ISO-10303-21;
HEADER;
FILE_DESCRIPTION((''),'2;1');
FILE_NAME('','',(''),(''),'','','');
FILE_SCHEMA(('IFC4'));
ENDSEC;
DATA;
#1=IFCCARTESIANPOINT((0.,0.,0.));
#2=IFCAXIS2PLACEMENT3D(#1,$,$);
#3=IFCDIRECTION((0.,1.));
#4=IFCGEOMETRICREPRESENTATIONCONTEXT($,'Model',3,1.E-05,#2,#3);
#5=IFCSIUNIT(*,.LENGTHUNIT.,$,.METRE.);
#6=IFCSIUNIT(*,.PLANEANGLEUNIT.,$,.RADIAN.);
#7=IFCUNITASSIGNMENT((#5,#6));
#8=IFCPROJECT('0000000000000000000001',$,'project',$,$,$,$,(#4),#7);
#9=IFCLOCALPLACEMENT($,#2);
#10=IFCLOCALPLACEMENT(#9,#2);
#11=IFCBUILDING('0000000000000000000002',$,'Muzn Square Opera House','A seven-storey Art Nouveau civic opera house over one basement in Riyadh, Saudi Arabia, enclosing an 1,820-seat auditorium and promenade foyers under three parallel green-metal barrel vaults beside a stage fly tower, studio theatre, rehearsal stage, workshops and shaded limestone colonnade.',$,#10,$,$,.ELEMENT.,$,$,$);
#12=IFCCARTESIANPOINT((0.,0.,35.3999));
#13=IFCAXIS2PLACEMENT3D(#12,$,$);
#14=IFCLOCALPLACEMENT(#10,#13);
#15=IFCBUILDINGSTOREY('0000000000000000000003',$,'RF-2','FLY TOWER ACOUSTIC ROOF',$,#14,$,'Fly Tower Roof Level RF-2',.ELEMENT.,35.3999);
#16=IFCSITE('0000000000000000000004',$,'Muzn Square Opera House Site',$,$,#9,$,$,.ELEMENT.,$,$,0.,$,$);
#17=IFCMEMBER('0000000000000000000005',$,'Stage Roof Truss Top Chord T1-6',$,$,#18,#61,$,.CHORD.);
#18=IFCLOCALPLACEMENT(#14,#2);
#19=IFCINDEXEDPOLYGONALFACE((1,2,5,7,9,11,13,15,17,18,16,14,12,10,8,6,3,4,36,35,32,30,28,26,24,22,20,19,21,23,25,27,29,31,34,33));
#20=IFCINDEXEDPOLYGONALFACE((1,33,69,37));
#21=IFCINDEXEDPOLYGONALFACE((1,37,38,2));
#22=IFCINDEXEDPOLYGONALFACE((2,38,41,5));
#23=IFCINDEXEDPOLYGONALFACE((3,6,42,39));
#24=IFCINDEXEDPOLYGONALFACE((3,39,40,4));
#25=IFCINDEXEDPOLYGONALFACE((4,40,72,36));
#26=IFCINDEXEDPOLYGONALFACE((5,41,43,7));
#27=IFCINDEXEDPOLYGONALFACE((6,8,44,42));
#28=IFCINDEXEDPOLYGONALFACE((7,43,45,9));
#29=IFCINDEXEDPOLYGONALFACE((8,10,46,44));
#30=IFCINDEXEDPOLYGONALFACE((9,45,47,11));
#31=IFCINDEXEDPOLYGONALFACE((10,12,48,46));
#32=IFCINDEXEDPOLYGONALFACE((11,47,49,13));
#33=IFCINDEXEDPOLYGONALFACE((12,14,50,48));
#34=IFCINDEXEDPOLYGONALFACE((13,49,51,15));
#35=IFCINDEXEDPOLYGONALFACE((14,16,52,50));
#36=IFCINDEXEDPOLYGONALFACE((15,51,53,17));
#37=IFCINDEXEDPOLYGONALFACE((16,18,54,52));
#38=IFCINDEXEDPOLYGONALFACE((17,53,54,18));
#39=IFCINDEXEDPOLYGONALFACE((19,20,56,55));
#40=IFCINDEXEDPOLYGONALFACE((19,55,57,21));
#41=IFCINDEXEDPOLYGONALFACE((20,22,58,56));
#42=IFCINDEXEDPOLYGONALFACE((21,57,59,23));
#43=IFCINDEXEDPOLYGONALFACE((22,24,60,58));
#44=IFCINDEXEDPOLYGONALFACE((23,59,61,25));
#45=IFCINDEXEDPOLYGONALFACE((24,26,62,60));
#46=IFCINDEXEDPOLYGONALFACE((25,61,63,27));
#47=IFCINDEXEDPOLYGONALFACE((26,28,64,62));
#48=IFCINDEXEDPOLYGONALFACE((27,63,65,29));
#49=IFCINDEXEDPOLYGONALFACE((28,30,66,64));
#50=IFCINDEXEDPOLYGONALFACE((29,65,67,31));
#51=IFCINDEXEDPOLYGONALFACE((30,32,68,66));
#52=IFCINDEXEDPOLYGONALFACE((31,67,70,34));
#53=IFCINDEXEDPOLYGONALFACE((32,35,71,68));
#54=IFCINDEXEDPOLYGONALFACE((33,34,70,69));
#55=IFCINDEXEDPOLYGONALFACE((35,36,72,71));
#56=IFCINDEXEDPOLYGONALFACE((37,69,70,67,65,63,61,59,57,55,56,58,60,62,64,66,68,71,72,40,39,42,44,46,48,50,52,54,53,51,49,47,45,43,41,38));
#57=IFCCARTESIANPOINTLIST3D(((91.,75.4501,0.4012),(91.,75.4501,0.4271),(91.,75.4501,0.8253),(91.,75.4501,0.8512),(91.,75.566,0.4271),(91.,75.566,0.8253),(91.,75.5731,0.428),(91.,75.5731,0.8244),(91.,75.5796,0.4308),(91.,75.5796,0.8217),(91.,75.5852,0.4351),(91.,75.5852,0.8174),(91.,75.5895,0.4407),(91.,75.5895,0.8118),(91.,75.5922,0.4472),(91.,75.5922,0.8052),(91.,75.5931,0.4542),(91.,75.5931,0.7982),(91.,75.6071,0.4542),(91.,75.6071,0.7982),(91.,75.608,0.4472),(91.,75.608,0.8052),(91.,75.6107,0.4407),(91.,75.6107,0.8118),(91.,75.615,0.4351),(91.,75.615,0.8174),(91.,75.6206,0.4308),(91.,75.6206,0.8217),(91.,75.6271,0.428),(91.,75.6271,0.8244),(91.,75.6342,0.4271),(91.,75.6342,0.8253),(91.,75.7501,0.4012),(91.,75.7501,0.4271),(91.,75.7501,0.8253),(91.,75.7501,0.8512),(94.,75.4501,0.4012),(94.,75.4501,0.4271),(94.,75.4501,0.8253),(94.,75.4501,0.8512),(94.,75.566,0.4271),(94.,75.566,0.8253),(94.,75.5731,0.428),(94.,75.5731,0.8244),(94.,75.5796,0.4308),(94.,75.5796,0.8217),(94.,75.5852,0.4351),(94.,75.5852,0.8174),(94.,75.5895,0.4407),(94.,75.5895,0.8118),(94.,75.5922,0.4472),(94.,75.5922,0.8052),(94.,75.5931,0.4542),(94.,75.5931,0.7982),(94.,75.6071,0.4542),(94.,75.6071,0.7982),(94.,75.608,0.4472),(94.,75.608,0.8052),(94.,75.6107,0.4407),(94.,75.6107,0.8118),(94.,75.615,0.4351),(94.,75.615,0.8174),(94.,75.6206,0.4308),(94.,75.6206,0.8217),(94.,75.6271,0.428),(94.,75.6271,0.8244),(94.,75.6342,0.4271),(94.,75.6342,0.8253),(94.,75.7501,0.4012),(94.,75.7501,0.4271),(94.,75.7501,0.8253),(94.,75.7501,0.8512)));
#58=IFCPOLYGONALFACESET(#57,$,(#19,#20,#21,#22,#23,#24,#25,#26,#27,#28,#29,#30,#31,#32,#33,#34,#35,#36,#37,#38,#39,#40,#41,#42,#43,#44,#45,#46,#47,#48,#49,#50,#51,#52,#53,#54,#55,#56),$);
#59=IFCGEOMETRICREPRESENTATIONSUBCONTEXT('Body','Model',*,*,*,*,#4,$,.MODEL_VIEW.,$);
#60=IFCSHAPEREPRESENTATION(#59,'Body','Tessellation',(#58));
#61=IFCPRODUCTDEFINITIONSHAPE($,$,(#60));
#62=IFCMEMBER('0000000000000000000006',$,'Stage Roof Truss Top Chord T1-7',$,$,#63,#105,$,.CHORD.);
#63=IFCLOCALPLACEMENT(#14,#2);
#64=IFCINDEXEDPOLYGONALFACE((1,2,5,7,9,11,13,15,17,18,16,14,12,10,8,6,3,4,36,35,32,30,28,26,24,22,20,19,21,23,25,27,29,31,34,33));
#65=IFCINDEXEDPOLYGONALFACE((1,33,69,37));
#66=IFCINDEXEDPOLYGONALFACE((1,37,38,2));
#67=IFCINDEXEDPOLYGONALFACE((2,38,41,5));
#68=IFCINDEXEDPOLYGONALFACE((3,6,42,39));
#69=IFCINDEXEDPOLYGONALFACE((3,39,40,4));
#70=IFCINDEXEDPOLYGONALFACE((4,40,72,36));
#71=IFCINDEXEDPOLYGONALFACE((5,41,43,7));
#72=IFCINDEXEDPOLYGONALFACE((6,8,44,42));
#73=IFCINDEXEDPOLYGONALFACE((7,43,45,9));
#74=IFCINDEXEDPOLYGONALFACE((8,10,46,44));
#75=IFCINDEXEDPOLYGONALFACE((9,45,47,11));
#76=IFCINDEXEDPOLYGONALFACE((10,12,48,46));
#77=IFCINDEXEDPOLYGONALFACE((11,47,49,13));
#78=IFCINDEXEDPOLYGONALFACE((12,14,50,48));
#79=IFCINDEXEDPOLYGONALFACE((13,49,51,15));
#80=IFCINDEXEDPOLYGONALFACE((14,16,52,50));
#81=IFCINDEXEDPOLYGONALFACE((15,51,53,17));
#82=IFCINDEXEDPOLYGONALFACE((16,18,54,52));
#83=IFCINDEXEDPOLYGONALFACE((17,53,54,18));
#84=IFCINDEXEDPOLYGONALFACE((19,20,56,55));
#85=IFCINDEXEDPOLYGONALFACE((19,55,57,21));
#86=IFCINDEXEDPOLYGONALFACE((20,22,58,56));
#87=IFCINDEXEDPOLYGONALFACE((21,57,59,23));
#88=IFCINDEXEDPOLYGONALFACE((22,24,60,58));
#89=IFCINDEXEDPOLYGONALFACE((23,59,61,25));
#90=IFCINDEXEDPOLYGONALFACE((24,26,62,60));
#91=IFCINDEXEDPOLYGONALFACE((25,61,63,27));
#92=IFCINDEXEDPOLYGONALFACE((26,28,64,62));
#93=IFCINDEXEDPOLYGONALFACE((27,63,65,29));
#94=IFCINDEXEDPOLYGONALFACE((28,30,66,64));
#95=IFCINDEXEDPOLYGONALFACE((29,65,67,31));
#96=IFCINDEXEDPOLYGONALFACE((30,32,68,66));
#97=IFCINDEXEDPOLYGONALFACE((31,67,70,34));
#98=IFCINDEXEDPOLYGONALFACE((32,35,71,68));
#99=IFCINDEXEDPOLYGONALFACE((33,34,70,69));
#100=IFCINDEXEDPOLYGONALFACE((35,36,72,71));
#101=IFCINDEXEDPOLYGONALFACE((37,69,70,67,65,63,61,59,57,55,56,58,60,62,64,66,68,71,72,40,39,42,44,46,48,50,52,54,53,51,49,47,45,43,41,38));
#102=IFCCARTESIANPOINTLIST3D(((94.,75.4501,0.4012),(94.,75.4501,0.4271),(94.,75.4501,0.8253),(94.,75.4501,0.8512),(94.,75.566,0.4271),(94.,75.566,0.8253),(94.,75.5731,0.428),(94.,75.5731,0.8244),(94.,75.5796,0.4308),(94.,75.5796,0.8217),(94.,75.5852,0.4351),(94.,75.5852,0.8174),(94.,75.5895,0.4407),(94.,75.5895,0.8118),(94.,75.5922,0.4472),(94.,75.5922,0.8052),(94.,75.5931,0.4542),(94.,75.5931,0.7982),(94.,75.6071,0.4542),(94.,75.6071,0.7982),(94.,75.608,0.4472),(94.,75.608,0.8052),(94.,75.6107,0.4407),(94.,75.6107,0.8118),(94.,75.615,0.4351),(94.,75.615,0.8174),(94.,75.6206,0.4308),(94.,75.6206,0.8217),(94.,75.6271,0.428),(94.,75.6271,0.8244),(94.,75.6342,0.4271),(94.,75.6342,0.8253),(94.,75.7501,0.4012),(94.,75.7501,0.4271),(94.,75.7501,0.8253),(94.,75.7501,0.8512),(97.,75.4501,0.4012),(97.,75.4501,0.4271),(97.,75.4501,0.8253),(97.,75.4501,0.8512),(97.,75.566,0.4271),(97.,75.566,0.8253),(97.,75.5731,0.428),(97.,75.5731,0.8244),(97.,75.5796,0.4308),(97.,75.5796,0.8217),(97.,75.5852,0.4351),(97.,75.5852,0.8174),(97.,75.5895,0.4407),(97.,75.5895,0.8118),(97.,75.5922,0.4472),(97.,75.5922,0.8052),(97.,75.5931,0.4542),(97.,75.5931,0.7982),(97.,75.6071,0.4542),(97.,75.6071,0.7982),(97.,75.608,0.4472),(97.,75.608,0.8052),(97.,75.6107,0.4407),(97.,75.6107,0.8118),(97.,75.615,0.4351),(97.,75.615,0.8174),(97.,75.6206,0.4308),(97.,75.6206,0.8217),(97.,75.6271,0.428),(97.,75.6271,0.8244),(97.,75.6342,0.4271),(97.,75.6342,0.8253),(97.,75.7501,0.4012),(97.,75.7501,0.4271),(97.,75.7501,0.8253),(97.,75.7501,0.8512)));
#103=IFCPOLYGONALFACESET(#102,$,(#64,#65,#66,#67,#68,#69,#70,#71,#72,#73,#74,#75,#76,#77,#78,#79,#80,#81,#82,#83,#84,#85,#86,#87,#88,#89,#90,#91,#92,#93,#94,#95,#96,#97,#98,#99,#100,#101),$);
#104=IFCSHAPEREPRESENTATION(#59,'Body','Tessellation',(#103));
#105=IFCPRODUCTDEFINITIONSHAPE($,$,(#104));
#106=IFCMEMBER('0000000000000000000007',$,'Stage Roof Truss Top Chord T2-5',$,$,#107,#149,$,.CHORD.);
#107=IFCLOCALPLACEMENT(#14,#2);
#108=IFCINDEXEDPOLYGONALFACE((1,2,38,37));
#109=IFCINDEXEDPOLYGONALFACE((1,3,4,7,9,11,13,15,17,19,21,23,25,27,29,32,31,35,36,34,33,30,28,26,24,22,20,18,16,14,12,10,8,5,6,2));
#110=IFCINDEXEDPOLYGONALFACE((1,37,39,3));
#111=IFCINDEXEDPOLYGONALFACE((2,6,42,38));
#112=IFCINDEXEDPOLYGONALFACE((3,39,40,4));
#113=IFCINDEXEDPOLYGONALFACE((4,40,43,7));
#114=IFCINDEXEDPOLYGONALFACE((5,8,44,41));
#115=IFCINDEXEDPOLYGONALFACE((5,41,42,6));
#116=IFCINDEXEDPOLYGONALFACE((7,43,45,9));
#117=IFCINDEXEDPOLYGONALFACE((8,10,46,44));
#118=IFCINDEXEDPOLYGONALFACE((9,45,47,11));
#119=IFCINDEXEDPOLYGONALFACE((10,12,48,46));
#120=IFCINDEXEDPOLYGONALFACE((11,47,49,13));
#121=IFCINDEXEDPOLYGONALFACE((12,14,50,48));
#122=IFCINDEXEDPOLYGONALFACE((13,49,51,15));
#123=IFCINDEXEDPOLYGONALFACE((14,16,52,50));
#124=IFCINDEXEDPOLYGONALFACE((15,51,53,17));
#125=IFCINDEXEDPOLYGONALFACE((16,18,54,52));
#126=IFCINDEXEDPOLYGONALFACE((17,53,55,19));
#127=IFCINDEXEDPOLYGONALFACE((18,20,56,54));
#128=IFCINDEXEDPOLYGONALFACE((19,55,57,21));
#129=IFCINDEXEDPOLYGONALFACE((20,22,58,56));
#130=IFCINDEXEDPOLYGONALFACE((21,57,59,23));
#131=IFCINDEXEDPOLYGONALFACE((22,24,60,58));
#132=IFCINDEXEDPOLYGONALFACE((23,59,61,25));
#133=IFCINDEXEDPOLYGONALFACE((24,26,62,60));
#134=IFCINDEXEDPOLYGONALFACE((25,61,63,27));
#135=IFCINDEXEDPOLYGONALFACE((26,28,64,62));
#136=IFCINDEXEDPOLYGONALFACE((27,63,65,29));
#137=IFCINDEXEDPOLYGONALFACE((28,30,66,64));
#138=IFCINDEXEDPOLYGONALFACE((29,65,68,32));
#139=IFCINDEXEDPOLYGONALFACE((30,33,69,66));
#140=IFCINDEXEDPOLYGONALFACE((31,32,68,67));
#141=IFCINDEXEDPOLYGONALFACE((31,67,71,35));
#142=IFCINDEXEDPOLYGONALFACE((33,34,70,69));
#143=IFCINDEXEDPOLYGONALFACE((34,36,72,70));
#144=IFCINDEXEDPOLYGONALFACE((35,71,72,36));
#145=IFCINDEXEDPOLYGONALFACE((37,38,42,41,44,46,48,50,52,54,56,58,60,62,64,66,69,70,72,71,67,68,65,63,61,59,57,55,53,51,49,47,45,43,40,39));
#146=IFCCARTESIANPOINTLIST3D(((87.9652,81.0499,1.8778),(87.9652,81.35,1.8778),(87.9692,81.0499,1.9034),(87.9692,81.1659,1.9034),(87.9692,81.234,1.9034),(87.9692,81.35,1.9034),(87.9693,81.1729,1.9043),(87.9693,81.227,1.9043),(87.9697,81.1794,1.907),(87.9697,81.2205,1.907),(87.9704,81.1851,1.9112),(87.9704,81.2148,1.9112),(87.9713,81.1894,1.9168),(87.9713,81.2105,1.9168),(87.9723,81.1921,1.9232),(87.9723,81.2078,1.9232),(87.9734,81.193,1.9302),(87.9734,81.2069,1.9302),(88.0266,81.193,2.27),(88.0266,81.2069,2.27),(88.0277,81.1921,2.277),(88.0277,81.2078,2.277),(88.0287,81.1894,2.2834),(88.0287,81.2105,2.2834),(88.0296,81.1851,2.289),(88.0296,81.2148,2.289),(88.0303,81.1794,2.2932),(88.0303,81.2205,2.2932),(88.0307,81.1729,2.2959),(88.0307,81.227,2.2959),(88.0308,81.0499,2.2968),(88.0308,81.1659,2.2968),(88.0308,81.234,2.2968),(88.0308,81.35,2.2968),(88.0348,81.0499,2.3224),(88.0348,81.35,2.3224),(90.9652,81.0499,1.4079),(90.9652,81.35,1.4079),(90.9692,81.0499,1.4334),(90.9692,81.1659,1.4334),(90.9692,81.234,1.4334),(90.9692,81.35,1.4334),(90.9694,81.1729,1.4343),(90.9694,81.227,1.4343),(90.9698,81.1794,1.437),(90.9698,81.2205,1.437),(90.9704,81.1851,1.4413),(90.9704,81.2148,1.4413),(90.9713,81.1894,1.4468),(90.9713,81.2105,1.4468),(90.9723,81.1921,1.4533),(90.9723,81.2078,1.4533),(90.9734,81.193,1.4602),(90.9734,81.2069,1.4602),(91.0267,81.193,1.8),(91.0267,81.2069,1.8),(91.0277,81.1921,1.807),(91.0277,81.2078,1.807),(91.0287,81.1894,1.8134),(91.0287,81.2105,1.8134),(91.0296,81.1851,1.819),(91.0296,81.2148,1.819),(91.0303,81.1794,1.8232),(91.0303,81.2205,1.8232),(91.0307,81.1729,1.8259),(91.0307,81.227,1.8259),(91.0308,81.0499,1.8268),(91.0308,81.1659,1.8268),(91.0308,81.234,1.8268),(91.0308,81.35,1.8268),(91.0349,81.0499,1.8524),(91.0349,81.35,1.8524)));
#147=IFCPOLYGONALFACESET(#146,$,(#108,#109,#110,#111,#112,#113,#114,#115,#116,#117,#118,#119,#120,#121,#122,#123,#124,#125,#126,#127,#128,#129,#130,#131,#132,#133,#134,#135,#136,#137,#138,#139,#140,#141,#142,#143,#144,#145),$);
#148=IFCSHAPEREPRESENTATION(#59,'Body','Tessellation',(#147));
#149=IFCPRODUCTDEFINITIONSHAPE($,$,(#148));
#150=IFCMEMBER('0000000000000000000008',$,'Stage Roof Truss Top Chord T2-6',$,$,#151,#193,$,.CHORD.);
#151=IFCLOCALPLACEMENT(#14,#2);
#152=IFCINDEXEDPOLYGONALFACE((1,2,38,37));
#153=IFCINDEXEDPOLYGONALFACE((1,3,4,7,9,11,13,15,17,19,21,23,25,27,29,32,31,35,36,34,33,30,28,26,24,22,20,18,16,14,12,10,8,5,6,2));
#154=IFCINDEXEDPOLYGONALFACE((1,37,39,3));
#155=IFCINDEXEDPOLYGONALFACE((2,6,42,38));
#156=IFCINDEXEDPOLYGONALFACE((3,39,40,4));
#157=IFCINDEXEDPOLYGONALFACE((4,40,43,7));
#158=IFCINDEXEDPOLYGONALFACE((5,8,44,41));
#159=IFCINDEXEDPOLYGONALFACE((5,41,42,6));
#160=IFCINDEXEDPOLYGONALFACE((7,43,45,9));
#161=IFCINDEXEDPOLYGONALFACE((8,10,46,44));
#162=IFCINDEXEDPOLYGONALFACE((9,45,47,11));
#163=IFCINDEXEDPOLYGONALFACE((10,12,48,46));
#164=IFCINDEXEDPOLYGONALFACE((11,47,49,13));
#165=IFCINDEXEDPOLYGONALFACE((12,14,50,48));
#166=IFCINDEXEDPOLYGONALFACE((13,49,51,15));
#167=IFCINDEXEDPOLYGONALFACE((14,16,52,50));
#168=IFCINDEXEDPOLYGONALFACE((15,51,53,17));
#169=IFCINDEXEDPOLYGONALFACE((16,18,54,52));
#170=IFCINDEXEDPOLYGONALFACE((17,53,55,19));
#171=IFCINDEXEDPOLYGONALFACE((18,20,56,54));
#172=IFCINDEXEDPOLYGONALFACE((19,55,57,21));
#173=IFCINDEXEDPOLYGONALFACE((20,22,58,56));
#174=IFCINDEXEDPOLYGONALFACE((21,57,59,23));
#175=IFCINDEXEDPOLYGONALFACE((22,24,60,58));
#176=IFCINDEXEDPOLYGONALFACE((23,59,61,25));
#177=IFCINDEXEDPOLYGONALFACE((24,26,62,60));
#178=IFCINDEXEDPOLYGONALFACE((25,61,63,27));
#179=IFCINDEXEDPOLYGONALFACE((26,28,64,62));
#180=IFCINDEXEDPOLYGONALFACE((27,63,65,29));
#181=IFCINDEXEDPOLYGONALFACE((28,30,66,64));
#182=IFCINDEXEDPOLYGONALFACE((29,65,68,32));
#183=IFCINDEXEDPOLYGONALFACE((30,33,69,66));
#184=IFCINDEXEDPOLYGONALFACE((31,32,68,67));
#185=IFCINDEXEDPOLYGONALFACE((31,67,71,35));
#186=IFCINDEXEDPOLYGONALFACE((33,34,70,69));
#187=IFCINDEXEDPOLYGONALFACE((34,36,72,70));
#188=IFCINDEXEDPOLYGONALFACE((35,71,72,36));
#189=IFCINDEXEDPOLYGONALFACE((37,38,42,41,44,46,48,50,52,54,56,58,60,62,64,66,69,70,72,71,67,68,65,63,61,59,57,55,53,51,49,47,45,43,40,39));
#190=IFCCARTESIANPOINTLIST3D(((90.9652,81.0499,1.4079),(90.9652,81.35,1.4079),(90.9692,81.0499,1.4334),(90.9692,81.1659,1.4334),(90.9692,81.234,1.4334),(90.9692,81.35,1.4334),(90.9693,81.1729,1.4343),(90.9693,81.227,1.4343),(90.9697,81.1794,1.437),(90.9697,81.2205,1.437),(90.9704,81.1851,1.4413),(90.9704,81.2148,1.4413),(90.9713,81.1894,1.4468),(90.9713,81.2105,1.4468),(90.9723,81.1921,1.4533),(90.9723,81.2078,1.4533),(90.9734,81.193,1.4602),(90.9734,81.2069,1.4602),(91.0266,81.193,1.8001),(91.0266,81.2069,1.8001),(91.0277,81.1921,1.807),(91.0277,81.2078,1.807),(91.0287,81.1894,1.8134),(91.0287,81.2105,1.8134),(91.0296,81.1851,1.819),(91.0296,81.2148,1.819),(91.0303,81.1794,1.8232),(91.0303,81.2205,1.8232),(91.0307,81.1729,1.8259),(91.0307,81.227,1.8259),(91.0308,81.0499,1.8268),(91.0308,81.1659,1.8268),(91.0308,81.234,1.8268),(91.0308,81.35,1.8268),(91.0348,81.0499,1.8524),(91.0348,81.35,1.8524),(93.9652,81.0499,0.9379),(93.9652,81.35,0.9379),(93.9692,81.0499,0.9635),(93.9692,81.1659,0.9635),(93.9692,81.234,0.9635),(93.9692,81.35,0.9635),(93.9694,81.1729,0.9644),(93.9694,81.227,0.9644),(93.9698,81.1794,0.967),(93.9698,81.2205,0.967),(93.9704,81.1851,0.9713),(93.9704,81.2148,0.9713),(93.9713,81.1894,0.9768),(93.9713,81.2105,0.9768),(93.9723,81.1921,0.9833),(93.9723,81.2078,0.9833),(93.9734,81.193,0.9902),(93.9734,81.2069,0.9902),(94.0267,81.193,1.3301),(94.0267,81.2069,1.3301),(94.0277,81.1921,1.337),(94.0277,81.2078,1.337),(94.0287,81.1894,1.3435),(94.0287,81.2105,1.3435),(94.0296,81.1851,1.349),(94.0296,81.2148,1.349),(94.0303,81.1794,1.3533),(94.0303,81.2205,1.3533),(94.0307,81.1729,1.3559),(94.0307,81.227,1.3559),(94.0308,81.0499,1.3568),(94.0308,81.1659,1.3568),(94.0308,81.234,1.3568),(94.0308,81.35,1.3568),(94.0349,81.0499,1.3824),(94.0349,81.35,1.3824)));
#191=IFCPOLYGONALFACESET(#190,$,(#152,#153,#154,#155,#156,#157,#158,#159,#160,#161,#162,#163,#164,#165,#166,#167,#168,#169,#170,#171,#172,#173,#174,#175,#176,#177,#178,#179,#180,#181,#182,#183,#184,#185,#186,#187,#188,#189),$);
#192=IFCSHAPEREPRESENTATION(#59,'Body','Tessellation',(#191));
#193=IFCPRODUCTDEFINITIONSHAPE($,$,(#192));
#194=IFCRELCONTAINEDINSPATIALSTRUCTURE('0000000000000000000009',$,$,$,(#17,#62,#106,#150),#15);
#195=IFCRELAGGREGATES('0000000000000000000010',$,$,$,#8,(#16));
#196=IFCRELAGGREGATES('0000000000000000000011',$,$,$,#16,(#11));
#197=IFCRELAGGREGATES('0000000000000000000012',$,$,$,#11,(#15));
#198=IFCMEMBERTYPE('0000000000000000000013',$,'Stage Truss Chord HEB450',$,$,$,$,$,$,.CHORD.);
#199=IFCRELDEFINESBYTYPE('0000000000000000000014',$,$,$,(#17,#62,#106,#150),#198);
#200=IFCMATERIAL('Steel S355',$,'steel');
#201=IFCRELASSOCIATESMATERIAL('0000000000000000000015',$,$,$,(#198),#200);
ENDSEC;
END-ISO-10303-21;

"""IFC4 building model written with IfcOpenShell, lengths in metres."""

from ifc_helpers import new_model, si_unit, direction, frame, origin, origin_2d, place, context, subcontext, project, spatial, i_section, extrude, material, material_profile, profile_set, type_object, element, save


model = new_model("IFC4")

# Units and contexts
model_context = context("Model", 3, precision=1e-05, world=origin(), true_north=direction((0.0, 1.0)))
body_context = subcontext(model_context, "Body", "Model", "MODEL_VIEW")
ifc_project = project(units=[si_unit("LENGTHUNIT", "METRE"), si_unit("PLANEANGLEUNIT", "RADIAN")], contexts=[model_context])

# Site, building, storey
site_placement = place(None, origin())
site = spatial("IfcSite", under=ifc_project, at=site_placement, Name="Muzn Square Opera House Site", CompositionType="ELEMENT", RefElevation=0.0)
building_placement = place(site_placement, origin())
building = spatial("IfcBuilding", under=site, at=building_placement, Name="Muzn Square Opera House", Description="A seven-storey Art Nouveau civic opera house over one basement in Riyadh, Saudi Arabia, enclosing an 1,820-seat auditorium and promenade foyers under three parallel green-metal barrel vaults beside a stage fly tower, studio theatre, rehearsal stage, workshops and shaded limestone colonnade.", CompositionType="ELEMENT")
storey_placement = place(building_placement, frame((0.0, 0.0, 35.3999)))
storey = spatial("IfcBuildingStorey", under=building, at=storey_placement, Name="RF-2", Description="FLY TOWER ACOUSTIC ROOF", LongName="Fly Tower Roof Level RF-2", CompositionType="ELEMENT", Elevation=35.3999)

# Members
ifc_material_1 = material(Name="Steel S355", Category="steel")
ifc_material_profile_1 = material_profile(ifc_material_1, i_section(OverallWidth=0.3, OverallDepth=0.45, WebThickness=0.0139, FlangeThickness=0.0259, FilletRadius=0.0271, at=origin_2d()), Name="HEB 450", Category="steel")
ifc_profile_set_1 = profile_set([ifc_material_profile_1], Name="Steel S355")
member_type_1 = type_object("IfcMemberType", Name="Stage Truss Chord HEB450", PredefinedType="CHORD", material=ifc_profile_set_1)
for number, where, z_axis, x_axis, name in (
    (1, (91.0, 75.6001, 0.6262), (1.0, 0.0, 0.0), (0.0, 1.0, 0.0), "Stage Roof Truss Top Chord T1-6"),
    (2, (94.0, 75.6001, 0.6262), (1.0, 0.0, 0.0), (0.0, 1.0, 0.0), "Stage Roof Truss Top Chord T1-7"),
):
    element("IfcMember", number, at=place(storey_placement, frame(where, z_axis=z_axis, x_axis=x_axis)), inside=storey, type_object=member_type_1, Name=name, PredefinedType="CHORD", context=body_context, shape_type="SweptSolid", body=[
        extrude(i_section(OverallWidth=0.3, OverallDepth=0.45, WebThickness=0.0139, FlangeThickness=0.0259, FilletRadius=0.0271, at=origin_2d()), origin(), (0.0, 0.0, 1.0), 3.0),
    ])
for number, where, z_axis, x_axis, name in (
    (3, (88.0, 81.2, 2.1001), (0.987951, 0.0, -0.154769), (0.0, 1.0, 0.0), "Stage Roof Truss Top Chord T2-5"),
    (4, (91.0, 81.2, 1.6301), (0.987951, 0.0, -0.154769), (0.0, 1.0, 0.0), "Stage Roof Truss Top Chord T2-6"),
):
    element("IfcMember", number, at=place(storey_placement, frame(where, z_axis=z_axis, x_axis=x_axis)), inside=storey, type_object=member_type_1, Name=name, PredefinedType="CHORD", context=body_context, shape_type="SweptSolid", body=[
        extrude(i_section(OverallWidth=0.3, OverallDepth=0.45, WebThickness=0.0139, FlangeThickness=0.0259, FilletRadius=0.0271, at=origin_2d()), origin(), (0.0, 0.0, 1.0), 3.0366),
    ])

save(model, "model.ifc")
